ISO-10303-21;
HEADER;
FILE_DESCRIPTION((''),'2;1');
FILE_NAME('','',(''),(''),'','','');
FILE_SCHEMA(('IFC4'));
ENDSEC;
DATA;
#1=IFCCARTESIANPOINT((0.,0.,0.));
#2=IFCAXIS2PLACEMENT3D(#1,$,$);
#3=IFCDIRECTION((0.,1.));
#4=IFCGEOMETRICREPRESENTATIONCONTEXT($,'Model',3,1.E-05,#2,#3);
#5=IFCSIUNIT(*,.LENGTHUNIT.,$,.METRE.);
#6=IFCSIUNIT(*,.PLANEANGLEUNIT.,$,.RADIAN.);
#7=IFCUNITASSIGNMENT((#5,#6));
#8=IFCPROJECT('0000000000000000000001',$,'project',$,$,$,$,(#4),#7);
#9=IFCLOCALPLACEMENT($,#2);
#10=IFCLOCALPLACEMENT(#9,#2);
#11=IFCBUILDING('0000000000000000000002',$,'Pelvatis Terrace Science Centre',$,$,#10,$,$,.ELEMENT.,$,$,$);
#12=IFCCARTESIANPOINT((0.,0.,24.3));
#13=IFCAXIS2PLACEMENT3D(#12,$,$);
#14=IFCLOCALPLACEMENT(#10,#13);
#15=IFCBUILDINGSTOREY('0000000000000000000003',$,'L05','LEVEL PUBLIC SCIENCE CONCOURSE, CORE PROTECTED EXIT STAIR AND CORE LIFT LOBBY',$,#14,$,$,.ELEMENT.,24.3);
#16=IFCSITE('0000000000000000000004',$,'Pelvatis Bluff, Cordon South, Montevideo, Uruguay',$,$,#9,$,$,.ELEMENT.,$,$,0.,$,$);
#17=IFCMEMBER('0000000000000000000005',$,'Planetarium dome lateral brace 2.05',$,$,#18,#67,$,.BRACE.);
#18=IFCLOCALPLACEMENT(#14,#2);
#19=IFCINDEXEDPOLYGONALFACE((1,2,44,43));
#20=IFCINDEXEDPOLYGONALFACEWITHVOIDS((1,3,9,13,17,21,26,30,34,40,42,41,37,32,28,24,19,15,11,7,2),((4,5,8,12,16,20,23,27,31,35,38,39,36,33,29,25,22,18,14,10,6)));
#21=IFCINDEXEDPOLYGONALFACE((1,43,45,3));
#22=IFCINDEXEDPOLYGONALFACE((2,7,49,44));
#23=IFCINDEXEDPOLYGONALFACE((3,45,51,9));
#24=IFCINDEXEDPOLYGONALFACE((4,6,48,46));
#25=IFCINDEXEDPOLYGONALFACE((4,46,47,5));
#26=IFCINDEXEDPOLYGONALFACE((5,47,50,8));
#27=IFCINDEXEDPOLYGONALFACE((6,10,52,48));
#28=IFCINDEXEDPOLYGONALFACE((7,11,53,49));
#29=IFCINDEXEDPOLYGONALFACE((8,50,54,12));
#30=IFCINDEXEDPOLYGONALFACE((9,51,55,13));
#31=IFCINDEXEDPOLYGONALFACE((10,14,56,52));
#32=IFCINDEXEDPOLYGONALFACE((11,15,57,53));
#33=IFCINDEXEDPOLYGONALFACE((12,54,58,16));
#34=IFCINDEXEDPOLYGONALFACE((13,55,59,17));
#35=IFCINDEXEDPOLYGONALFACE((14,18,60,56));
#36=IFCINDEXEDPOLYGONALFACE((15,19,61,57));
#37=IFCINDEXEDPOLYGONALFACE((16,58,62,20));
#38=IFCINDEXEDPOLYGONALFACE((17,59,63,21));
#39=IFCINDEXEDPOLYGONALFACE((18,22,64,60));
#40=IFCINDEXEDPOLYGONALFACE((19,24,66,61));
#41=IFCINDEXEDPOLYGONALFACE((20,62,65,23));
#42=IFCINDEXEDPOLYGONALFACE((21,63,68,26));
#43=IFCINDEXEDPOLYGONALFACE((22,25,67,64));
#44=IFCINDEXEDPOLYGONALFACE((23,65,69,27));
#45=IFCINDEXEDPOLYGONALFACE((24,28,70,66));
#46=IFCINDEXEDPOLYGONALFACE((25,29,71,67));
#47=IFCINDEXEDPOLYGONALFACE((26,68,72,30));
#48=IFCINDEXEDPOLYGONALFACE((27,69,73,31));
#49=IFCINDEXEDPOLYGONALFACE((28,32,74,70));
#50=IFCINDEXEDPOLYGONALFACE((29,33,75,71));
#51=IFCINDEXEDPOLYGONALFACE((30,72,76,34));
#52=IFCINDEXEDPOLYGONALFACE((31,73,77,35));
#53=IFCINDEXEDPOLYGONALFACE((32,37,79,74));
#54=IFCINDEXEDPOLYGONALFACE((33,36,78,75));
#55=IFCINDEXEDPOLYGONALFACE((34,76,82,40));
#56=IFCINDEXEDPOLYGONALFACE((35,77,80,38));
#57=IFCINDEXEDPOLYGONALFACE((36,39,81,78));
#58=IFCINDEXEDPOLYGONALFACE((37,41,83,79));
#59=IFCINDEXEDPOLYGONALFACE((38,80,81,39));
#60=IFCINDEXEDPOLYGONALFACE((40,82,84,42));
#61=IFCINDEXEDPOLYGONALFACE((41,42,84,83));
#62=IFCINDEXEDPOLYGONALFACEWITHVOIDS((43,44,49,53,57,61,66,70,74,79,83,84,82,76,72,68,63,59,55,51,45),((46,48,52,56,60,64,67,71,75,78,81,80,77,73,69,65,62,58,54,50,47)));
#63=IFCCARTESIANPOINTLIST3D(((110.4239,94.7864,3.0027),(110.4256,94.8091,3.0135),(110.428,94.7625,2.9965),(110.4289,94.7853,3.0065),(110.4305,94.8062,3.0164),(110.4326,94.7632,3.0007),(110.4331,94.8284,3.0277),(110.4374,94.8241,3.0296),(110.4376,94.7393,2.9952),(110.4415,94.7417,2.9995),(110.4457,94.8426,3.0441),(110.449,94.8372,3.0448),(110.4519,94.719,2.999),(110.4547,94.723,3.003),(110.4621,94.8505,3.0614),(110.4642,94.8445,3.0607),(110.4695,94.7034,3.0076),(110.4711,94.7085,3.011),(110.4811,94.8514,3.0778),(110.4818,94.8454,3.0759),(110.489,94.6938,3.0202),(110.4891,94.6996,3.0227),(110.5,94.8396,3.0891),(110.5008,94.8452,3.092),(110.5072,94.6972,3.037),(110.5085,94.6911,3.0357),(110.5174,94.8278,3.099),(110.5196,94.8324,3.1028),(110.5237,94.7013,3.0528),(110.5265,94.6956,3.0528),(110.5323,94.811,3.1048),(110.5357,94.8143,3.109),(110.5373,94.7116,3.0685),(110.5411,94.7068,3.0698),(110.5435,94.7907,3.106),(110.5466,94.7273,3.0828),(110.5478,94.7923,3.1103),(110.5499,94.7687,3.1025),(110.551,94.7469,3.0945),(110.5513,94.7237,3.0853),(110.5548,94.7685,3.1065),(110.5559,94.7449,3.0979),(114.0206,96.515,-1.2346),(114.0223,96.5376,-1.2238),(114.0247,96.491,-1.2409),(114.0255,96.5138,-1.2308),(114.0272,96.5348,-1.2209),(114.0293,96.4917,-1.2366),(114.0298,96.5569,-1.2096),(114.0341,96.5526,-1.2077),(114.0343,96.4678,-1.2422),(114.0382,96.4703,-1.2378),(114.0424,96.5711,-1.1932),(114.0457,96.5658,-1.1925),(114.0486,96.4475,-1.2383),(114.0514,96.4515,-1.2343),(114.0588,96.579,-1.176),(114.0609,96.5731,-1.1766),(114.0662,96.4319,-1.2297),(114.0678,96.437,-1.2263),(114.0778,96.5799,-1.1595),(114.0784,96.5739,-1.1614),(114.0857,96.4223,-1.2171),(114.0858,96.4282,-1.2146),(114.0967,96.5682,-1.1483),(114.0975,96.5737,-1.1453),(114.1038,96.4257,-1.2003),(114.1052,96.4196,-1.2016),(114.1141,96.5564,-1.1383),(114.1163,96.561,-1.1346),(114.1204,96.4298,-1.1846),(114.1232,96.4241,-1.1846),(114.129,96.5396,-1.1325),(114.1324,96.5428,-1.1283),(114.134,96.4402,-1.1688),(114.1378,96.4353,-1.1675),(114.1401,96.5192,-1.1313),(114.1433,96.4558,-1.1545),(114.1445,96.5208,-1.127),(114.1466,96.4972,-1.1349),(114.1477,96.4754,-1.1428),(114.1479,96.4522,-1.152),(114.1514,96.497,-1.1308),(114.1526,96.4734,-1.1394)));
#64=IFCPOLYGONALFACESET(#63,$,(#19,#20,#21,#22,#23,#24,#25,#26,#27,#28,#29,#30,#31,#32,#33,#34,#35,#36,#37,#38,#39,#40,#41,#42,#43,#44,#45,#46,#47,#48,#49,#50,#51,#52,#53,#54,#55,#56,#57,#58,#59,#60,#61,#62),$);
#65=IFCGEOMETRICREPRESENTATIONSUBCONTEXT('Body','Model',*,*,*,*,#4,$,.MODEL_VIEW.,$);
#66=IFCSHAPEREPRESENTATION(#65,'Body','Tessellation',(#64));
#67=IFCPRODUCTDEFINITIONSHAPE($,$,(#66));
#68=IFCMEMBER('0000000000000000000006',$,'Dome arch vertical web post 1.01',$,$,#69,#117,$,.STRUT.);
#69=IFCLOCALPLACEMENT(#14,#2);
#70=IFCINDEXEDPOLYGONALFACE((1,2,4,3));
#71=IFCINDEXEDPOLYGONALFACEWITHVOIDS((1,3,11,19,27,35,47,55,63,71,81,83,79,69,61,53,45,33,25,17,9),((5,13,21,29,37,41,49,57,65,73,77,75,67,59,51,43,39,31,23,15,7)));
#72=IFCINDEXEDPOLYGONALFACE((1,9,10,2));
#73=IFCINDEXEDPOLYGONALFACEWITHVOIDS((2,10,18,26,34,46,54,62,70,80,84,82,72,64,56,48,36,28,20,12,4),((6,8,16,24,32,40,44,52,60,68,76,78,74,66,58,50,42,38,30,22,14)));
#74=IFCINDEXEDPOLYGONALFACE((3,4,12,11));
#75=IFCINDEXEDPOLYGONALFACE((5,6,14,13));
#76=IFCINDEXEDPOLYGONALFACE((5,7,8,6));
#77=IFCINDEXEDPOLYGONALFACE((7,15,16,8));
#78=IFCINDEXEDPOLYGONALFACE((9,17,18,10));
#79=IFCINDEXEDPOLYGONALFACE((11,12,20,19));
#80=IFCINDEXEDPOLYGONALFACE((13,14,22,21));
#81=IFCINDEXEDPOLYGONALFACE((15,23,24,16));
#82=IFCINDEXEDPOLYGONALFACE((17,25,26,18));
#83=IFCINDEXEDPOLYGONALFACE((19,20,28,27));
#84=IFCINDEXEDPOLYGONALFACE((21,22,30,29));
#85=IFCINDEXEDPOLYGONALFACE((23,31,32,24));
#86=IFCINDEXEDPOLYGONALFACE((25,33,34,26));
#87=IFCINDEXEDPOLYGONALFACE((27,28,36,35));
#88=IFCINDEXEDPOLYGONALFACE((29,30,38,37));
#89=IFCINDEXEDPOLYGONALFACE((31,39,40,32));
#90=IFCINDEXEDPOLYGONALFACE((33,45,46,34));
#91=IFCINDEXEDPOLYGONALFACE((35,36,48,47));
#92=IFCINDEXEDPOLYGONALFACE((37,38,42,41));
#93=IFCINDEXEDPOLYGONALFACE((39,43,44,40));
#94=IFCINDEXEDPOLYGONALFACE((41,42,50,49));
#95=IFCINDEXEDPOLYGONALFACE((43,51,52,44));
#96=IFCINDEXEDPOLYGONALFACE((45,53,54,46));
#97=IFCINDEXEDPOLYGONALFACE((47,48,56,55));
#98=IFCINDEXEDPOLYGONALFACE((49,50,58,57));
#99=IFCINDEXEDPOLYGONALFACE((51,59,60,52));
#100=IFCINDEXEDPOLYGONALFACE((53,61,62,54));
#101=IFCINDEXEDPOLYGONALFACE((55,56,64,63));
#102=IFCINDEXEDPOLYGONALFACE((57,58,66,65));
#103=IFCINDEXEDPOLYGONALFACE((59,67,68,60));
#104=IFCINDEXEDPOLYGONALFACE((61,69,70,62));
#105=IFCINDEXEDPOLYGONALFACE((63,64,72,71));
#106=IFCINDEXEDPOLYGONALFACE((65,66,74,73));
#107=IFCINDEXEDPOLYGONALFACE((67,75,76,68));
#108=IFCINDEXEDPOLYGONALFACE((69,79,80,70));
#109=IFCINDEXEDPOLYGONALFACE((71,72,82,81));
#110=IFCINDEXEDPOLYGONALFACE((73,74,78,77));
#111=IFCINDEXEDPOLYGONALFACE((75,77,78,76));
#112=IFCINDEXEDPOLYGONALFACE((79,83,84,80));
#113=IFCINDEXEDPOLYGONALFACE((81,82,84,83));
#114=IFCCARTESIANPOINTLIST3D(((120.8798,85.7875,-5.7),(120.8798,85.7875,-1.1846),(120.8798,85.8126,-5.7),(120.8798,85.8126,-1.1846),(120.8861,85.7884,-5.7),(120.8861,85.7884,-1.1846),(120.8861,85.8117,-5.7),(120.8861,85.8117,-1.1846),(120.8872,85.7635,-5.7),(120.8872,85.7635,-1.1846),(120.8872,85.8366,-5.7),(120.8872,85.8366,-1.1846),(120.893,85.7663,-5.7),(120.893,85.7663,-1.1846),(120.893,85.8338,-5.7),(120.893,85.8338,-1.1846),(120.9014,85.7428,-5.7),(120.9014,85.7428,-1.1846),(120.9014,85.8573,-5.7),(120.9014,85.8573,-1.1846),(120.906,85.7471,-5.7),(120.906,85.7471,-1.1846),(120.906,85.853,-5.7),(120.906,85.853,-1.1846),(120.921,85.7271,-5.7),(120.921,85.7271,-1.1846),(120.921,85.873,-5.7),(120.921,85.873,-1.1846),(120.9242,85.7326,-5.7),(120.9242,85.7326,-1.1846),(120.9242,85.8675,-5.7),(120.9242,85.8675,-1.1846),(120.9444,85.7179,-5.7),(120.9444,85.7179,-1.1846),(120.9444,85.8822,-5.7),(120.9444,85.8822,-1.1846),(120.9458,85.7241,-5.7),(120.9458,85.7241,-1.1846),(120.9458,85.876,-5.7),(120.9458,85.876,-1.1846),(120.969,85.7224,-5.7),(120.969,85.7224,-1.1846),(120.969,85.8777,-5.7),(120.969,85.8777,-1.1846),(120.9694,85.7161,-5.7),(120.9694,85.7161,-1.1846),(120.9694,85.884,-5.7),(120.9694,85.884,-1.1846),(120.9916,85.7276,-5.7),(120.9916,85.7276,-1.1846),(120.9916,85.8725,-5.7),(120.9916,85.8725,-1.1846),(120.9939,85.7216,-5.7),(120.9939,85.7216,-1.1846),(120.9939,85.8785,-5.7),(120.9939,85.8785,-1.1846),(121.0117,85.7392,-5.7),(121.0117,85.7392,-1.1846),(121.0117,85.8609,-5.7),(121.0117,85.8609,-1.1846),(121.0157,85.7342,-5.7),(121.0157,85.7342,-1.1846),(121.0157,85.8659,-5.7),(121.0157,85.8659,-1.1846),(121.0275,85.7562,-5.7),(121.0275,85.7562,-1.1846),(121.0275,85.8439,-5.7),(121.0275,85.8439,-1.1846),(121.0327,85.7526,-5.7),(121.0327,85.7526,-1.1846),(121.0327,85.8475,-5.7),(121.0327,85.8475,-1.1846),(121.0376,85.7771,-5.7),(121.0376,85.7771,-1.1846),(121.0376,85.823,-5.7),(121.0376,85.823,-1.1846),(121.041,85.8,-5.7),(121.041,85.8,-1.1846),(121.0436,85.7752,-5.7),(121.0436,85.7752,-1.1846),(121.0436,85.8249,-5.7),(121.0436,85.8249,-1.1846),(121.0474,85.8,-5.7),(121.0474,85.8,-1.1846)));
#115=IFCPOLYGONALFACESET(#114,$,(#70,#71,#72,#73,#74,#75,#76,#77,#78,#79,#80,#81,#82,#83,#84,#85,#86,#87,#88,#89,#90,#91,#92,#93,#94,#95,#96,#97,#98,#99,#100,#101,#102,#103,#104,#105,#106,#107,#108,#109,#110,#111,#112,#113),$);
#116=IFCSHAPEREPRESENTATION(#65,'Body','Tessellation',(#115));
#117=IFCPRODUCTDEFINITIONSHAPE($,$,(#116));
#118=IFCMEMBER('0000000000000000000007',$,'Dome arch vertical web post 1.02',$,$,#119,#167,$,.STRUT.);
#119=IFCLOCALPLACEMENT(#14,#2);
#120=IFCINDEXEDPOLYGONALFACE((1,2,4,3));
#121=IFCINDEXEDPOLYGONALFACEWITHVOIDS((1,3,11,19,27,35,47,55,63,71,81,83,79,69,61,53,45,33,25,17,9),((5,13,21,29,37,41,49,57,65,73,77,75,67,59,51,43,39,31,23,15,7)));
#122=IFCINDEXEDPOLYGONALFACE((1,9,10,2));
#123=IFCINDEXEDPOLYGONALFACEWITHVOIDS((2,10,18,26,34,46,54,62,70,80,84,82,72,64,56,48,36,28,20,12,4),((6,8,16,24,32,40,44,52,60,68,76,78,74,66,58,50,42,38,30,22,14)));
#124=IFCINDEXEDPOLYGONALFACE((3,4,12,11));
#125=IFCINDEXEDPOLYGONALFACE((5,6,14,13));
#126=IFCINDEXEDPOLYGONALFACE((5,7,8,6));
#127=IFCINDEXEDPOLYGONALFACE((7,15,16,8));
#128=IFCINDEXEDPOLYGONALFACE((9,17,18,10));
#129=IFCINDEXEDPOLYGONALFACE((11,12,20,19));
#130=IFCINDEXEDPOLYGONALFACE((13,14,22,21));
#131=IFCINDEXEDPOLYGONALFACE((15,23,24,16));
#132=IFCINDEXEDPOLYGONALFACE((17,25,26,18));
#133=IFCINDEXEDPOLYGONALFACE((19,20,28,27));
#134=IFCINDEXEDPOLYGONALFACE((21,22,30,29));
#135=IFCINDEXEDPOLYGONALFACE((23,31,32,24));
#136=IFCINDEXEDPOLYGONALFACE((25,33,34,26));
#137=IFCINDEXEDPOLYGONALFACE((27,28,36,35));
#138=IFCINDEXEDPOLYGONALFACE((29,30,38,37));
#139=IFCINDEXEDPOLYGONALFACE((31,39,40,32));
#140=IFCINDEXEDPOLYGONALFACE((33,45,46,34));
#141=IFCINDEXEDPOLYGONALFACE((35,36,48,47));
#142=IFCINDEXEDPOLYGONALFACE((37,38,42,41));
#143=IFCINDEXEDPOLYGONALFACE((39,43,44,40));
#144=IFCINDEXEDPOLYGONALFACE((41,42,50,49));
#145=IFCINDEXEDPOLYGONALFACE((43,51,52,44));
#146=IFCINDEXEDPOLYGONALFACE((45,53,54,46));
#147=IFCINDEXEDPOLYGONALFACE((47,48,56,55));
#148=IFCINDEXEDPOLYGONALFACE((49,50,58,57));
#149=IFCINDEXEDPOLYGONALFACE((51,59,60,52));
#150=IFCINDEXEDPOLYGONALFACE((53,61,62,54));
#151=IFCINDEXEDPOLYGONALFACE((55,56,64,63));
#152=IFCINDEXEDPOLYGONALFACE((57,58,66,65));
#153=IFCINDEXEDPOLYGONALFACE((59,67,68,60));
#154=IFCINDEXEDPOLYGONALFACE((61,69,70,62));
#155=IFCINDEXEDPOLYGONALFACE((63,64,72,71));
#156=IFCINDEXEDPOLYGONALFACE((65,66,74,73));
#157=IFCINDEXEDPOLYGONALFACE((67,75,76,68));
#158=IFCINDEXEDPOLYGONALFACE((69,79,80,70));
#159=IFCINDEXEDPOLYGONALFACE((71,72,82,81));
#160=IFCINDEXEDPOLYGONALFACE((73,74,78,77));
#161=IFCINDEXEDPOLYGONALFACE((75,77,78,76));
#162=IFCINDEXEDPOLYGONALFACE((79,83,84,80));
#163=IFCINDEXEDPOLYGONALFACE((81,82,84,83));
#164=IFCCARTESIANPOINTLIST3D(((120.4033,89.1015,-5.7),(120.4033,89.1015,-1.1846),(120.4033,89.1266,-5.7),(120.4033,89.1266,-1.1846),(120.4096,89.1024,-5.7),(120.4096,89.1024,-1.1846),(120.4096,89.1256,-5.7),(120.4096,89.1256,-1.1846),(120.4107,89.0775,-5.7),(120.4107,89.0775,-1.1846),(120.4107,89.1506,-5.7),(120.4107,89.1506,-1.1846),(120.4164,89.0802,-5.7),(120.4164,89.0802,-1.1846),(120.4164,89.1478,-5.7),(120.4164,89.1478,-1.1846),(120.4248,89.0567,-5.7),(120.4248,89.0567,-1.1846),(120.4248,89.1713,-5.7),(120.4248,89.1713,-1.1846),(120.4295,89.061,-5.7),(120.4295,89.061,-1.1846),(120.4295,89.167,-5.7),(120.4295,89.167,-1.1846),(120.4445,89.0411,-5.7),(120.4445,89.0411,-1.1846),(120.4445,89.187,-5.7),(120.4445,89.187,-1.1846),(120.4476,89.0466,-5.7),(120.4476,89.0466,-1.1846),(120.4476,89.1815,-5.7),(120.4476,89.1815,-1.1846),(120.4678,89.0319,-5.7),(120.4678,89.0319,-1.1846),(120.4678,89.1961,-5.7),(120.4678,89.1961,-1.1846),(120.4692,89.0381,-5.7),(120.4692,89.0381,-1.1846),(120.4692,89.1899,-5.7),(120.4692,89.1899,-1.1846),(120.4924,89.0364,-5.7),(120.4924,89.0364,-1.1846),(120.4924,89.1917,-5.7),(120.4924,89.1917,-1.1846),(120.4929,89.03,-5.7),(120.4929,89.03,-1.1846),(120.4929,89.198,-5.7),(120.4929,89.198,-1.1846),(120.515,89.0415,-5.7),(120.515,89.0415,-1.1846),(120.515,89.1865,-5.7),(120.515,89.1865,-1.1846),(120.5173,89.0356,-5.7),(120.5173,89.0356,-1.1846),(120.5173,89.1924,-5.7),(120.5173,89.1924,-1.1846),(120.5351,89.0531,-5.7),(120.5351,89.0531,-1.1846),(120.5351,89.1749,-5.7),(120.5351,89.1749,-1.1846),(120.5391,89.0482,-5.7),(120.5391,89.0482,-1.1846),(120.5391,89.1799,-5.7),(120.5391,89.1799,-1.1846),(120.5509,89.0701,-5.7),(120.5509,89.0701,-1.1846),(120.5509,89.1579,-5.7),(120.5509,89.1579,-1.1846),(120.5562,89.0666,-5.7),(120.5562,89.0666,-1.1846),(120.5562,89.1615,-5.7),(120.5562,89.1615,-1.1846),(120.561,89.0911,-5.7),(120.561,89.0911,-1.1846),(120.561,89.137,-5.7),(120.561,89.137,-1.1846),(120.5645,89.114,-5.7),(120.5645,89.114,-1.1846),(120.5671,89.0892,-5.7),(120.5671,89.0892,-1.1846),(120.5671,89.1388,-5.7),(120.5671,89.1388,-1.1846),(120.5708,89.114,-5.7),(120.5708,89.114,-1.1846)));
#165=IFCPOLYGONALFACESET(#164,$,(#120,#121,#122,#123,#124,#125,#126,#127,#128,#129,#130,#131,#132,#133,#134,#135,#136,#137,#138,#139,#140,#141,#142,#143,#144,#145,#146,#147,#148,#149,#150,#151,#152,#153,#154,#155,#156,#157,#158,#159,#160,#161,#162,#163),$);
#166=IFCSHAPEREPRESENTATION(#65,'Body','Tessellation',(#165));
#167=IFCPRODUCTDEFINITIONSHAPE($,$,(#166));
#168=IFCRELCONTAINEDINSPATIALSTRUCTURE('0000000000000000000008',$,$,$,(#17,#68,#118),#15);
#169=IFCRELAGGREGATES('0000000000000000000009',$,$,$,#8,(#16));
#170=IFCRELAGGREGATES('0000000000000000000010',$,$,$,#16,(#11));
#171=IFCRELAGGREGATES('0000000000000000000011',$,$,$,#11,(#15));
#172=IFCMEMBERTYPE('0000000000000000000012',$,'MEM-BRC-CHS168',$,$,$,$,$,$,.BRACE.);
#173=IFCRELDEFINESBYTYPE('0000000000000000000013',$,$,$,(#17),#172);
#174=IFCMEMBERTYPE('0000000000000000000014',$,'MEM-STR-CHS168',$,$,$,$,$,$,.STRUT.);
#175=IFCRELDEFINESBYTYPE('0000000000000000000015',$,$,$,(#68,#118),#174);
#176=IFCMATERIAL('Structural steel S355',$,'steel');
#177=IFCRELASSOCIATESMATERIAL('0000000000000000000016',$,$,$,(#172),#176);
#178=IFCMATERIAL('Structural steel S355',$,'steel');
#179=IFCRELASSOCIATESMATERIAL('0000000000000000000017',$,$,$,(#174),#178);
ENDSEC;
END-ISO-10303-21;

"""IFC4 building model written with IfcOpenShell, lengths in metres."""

from ifc_helpers import new_model, si_unit, direction, frame, origin, origin_2d, place, context, subcontext, project, spatial, hollow_circle, extrude, material, material_profile, profile_set, type_object, element, save


model = new_model("IFC4")

# Units and contexts
model_context = context("Model", 3, precision=1e-05, world=origin(), true_north=direction((0.0, 1.0)))
body_context = subcontext(model_context, "Body", "Model", "MODEL_VIEW")
ifc_project = project(units=[si_unit("LENGTHUNIT", "METRE"), si_unit("PLANEANGLEUNIT", "RADIAN")], contexts=[model_context])

# Site, building, storey
site_placement = place(None, origin())
site = spatial("IfcSite", under=ifc_project, at=site_placement, Name="Pelvatis Bluff, Cordon South, Montevideo, Uruguay", CompositionType="ELEMENT", RefElevation=0.0)
building_placement = place(site_placement, origin())
building = spatial("IfcBuilding", under=site, at=building_placement, Name="Pelvatis Terrace Science Centre", CompositionType="ELEMENT")
storey_placement = place(building_placement, frame((0.0, 0.0, 24.3)))
storey = spatial("IfcBuildingStorey", under=building, at=storey_placement, Name="L05", Description="LEVEL PUBLIC SCIENCE CONCOURSE, CORE PROTECTED EXIT STAIR AND CORE LIFT LOBBY", CompositionType="ELEMENT", Elevation=24.3)

# Members
ifc_material_1 = material(Name="Structural steel S355", Category="steel")
ifc_material_profile_1 = material_profile(ifc_material_1, hollow_circle(Radius=0.0842, WallThickness=0.0063, at=origin_2d()), Name="CHS 168.3x6.3")
ifc_profile_set_1 = profile_set([ifc_material_profile_1], Name="Structural steel S355")
member_type_1 = type_object("IfcMemberType", Name="MEM-BRC-CHS168", PredefinedType="BRACE", material=ifc_profile_set_1)
member_1_placement = place(storey_placement, frame((114.0867, 96.5, -1.1846), z_axis=(-0.617929, -0.296969, 0.727992), x_axis=(0.433161, -0.901317, 0.0)))
element("IfcMember", 1, at=member_1_placement, inside=storey, type_object=member_type_1, Name="Planetarium dome lateral brace 2.05", PredefinedType="BRACE", context=body_context, shape_type="SweptSolid", body=[
    extrude(hollow_circle(Radius=0.0842, WallThickness=0.0063, at=origin_2d()), origin(), (0.0, 0.0, 1.0), 5.8206),
])
ifc_material_2 = material(Name="Structural steel S355", Category="steel")
ifc_material_profile_2 = material_profile(ifc_material_2, hollow_circle(Radius=0.0842, WallThickness=0.0063, at=origin_2d()), Name="CHS 168.3x6.3")
ifc_profile_set_2 = profile_set([ifc_material_profile_2], Name="Structural steel S355")
member_type_2 = type_object("IfcMemberType", Name="MEM-STR-CHS168", PredefinedType="STRUT", material=ifc_profile_set_2)
for number, where, z_axis, x_axis, name in (
    (2, (120.9631, 85.8, -5.7), (0.0, 0.0, 1.0), (1.0, 0.0, 0.0), "Dome arch vertical web post 1.01"),
    (3, (120.4866, 89.114, -5.7), (0.0, 0.0, 1.0), (1.0, 0.0, 0.0), "Dome arch vertical web post 1.02"),
):
    element("IfcMember", number, at=place(storey_placement, frame(where, z_axis=z_axis, x_axis=x_axis)), inside=storey, type_object=member_type_2, Name=name, PredefinedType="STRUT", context=body_context, shape_type="SweptSolid", body=[
        extrude(hollow_circle(Radius=0.0842, WallThickness=0.0063, at=origin_2d()), origin(), (0.0, 0.0, 1.0), 4.5154),
    ])

save(model, "model.ifc")
